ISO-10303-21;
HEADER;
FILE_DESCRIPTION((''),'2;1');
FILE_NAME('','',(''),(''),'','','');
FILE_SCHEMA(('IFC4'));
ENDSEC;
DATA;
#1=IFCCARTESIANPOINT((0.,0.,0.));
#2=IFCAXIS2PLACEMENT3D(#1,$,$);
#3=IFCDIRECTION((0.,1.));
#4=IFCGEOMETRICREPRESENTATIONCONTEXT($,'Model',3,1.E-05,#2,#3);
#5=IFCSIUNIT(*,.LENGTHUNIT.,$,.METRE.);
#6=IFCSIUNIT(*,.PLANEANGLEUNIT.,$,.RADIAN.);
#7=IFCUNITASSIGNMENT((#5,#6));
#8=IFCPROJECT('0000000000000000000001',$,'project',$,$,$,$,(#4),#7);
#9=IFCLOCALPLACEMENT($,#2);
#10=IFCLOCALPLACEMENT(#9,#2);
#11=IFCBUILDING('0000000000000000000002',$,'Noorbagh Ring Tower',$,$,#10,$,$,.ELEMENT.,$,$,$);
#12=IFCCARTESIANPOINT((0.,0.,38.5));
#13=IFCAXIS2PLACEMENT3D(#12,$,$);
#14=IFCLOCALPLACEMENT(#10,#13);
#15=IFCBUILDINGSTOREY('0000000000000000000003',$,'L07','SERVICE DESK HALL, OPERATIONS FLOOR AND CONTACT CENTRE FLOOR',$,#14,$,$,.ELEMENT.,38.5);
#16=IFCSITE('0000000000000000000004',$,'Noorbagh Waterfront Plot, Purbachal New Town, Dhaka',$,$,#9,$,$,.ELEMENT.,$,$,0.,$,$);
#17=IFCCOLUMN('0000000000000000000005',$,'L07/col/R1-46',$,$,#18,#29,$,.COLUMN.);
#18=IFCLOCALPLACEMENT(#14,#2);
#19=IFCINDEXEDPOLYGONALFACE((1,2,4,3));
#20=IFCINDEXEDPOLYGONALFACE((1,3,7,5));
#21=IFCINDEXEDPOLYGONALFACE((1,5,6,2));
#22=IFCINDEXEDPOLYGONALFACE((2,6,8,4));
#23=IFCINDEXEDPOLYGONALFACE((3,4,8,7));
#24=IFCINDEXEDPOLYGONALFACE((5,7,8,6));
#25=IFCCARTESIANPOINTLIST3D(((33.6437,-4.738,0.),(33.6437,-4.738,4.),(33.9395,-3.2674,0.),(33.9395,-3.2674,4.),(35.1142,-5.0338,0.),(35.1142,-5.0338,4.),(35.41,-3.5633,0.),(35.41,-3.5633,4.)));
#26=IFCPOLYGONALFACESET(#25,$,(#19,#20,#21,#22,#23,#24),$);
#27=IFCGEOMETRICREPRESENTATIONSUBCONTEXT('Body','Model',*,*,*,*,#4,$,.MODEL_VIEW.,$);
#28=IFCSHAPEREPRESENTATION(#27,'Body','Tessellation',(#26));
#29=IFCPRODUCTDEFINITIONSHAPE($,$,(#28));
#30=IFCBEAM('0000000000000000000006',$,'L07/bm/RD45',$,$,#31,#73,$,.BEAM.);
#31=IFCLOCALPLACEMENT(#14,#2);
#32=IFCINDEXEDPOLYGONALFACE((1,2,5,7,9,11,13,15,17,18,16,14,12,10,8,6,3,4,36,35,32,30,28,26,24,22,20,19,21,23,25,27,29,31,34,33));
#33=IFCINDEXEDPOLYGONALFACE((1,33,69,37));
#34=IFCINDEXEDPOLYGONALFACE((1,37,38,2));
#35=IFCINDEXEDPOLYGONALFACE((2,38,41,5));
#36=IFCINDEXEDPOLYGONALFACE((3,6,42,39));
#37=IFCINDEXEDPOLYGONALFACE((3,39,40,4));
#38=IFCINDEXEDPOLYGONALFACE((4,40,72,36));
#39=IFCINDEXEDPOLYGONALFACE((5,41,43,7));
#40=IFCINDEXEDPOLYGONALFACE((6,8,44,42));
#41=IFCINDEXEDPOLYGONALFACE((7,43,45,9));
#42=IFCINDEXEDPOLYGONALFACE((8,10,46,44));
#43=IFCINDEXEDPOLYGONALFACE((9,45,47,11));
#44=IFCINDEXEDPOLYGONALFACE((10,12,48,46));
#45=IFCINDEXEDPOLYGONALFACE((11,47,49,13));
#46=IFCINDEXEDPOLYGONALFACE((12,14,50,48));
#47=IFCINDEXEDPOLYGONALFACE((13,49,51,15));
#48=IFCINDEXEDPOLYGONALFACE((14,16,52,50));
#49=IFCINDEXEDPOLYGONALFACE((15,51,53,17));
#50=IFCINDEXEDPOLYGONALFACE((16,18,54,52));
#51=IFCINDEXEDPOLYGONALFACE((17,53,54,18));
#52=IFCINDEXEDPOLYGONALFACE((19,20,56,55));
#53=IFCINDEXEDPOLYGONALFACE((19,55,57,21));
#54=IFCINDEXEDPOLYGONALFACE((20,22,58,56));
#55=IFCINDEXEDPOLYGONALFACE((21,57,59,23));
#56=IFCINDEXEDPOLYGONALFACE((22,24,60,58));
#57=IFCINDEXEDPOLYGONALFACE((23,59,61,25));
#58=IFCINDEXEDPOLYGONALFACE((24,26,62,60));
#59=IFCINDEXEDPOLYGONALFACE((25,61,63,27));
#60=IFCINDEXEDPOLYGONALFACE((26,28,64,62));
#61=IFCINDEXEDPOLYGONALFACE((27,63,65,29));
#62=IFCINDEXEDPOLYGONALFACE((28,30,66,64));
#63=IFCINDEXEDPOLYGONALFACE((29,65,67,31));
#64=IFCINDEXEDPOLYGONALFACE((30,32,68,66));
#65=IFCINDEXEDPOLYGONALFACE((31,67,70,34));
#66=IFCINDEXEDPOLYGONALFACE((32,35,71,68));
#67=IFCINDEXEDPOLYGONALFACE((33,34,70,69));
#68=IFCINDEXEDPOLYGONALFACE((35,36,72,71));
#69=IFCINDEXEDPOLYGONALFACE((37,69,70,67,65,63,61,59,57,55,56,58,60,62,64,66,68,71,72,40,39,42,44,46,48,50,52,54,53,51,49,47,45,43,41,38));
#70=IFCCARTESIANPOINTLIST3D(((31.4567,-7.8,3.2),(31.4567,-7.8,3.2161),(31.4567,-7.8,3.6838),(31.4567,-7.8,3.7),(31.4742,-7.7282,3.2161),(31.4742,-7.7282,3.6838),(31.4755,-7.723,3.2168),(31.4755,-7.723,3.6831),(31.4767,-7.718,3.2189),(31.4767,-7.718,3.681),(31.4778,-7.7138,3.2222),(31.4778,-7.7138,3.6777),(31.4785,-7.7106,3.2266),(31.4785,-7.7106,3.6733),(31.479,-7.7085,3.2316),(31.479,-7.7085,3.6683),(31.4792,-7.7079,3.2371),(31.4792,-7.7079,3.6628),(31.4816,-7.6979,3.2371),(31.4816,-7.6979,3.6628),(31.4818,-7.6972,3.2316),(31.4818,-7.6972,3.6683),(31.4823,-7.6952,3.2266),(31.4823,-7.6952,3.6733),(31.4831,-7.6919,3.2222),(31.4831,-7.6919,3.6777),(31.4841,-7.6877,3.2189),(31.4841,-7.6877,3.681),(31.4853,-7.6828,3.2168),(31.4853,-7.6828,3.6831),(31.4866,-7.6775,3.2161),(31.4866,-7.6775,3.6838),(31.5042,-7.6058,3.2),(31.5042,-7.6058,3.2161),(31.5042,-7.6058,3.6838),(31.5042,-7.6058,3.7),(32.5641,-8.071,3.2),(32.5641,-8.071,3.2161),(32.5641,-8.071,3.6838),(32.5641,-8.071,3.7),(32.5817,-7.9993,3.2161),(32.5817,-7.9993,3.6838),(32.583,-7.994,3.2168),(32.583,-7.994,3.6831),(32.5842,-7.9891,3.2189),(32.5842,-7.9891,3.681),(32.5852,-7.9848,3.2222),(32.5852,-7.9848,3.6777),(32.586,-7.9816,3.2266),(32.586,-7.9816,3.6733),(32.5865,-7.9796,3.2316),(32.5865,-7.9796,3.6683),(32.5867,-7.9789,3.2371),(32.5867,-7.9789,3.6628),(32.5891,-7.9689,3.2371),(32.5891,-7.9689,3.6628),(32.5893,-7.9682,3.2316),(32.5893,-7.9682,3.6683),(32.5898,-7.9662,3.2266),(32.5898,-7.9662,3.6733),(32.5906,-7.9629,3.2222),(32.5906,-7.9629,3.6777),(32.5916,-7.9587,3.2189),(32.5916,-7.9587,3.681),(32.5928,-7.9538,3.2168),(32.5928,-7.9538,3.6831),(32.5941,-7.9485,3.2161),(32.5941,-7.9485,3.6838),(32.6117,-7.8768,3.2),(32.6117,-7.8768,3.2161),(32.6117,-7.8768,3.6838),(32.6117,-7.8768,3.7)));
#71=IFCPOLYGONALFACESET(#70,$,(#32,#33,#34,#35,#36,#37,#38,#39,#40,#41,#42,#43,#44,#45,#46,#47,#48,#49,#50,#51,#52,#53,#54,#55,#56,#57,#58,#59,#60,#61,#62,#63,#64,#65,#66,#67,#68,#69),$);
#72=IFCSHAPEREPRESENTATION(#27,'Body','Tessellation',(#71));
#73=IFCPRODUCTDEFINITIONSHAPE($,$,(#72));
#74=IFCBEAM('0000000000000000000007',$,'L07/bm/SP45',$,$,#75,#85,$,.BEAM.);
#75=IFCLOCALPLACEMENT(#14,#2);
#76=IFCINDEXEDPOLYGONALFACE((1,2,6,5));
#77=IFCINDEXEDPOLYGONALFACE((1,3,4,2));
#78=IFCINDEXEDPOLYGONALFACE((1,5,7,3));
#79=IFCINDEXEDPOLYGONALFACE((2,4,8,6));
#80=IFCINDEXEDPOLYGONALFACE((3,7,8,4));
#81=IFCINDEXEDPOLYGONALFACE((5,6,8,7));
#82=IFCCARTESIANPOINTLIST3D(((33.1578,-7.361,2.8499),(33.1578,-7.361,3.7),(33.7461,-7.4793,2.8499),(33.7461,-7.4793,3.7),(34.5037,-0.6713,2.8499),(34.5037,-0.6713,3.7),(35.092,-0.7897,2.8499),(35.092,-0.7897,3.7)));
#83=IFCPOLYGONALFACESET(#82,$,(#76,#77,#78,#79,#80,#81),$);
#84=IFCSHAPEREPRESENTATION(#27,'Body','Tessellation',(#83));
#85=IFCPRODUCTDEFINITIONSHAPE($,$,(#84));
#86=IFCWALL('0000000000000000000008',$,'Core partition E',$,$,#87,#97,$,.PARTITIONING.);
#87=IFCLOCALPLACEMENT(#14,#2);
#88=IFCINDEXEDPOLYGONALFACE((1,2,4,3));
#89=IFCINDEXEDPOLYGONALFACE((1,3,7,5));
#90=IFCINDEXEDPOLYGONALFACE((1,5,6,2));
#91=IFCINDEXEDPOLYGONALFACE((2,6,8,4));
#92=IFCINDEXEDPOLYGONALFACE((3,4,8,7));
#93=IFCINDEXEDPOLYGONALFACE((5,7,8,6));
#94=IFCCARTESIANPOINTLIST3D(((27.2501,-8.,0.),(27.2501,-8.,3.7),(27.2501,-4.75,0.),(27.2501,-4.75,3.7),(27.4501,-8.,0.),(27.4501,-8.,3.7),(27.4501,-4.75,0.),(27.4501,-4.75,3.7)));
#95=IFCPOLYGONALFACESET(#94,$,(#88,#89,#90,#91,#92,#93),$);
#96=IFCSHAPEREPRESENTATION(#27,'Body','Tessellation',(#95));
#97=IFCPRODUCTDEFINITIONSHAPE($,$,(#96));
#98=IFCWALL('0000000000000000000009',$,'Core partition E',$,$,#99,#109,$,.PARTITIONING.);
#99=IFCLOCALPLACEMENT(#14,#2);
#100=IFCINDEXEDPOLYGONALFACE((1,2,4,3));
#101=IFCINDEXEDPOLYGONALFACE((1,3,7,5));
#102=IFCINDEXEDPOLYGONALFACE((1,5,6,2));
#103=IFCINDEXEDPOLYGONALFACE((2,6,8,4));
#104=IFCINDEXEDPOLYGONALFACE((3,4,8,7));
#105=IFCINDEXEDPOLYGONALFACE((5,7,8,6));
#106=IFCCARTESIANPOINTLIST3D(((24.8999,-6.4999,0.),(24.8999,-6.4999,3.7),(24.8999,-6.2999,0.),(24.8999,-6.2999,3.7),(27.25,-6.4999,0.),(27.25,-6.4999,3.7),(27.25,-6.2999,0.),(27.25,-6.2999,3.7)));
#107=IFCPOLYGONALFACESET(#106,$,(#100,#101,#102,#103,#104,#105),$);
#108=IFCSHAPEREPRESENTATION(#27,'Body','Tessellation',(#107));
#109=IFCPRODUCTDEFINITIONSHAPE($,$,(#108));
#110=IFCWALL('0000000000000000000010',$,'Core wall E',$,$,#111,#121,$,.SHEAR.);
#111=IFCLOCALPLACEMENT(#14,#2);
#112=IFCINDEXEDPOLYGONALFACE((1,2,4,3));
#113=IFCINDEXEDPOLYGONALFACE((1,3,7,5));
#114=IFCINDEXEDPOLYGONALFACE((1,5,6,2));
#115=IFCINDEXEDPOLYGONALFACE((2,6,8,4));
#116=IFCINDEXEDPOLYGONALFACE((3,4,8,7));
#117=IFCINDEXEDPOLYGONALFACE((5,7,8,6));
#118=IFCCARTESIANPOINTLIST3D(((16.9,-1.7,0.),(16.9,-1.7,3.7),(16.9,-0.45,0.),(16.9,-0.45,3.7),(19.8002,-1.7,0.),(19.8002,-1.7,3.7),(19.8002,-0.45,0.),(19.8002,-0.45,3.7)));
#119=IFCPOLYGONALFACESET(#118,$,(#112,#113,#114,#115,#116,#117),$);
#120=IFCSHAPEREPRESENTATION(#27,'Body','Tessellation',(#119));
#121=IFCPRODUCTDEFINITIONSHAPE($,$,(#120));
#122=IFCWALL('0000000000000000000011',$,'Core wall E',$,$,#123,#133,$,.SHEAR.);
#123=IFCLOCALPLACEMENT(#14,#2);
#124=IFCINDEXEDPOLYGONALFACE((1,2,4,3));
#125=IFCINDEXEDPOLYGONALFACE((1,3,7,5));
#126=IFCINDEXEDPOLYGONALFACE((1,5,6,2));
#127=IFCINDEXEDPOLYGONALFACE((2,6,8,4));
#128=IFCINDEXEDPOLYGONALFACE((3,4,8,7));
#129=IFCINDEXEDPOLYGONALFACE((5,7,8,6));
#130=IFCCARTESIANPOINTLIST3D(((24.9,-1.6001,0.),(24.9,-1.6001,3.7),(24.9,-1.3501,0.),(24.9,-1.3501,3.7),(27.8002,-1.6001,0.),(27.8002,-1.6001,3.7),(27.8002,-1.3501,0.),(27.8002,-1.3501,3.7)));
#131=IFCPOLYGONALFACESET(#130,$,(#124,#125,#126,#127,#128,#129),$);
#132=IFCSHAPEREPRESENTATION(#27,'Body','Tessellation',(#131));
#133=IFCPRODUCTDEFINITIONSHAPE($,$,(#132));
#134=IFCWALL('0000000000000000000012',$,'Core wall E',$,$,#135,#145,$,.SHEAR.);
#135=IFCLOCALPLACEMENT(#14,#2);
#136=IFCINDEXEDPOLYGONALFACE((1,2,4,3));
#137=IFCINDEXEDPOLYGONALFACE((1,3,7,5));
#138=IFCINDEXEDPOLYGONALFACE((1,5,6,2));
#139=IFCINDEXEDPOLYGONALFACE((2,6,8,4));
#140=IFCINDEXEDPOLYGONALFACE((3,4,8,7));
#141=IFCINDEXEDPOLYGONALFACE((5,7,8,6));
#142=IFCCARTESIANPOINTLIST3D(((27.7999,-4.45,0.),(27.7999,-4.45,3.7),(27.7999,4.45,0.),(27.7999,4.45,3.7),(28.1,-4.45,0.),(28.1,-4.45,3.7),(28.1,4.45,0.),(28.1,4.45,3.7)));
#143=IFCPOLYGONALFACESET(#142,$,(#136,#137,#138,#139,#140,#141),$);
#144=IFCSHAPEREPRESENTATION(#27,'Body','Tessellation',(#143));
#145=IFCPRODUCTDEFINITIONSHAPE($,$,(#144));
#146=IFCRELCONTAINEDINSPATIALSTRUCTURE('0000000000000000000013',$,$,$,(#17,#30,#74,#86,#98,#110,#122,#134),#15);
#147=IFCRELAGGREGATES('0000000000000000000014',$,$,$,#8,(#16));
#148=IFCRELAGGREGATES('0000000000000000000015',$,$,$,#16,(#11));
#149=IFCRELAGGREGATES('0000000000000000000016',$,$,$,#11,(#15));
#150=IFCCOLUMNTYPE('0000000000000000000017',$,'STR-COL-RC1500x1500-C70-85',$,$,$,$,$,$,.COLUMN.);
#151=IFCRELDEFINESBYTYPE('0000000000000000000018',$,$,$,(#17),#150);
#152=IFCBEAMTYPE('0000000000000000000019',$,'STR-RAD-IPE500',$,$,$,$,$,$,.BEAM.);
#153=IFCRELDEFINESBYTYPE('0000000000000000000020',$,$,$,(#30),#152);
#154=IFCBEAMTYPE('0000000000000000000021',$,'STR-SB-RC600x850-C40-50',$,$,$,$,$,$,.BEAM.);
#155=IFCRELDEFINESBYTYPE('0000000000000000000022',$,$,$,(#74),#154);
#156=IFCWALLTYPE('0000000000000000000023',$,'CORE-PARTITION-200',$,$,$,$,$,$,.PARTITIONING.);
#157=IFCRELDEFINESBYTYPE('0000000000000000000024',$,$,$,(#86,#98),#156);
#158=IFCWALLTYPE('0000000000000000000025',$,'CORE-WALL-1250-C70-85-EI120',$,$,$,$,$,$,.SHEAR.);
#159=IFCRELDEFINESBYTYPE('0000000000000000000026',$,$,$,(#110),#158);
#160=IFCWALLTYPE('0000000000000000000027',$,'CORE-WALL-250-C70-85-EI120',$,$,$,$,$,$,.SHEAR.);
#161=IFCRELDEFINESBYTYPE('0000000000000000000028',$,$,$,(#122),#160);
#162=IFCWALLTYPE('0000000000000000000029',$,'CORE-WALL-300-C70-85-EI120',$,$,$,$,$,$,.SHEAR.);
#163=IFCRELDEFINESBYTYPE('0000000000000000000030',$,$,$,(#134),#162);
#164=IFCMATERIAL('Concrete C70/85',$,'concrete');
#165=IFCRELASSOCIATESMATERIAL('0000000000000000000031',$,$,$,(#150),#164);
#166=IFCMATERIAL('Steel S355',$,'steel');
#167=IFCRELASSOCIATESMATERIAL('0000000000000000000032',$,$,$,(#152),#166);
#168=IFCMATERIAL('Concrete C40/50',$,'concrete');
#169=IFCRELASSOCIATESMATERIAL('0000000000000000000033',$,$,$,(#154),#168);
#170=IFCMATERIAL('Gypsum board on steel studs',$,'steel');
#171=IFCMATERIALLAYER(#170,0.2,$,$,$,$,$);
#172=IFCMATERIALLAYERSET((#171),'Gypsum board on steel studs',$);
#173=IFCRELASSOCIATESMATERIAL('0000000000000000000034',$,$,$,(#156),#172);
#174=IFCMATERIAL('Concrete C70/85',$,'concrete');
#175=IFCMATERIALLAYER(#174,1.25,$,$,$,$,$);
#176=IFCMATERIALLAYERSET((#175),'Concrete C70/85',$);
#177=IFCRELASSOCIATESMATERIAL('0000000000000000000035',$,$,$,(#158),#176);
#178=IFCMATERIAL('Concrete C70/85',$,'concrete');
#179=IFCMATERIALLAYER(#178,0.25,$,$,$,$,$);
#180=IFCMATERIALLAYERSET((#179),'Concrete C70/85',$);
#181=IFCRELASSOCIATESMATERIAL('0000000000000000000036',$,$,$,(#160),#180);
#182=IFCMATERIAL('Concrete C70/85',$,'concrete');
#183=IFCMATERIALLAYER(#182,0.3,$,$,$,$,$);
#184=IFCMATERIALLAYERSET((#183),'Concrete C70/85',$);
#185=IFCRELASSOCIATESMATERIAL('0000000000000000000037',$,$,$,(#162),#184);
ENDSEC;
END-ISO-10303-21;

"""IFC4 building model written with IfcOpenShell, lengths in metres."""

from ifc_helpers import new_model, si_unit, direction, frame, frame_2d, origin, origin_2d, place, context, subcontext, project, spatial, rectangle, i_section, extrude, material, layer, layer_set, material_profile, profile_set, type_object, element, save


model = new_model("IFC4")

# Units and contexts
model_context = context("Model", 3, precision=1e-05, world=origin(), true_north=direction((0.0, 1.0)))
body_context = subcontext(model_context, "Body", "Model", "MODEL_VIEW")
ifc_project = project(units=[si_unit("LENGTHUNIT", "METRE"), si_unit("PLANEANGLEUNIT", "RADIAN")], contexts=[model_context])

# Site, building, storey
site_placement = place(None, origin())
site = spatial("IfcSite", under=ifc_project, at=site_placement, Name="Noorbagh Waterfront Plot, Purbachal New Town, Dhaka", CompositionType="ELEMENT", RefElevation=0.0)
building_placement = place(site_placement, origin())
building = spatial("IfcBuilding", under=site, at=building_placement, Name="Noorbagh Ring Tower", CompositionType="ELEMENT")
storey_placement = place(building_placement, frame((0.0, 0.0, 38.5)))
storey = spatial("IfcBuildingStorey", under=building, at=storey_placement, Name="L07", Description="SERVICE DESK HALL, OPERATIONS FLOOR AND CONTACT CENTRE FLOOR", CompositionType="ELEMENT", Elevation=38.5)

# Column
ifc_material_1 = material(Name="Concrete C70/85", Category="concrete")
ifc_material_profile_1 = material_profile(ifc_material_1, rectangle(XDim=1.5, YDim=1.5, at=origin_2d()), Name="RC1500x1500")
ifc_profile_set_1 = profile_set([ifc_material_profile_1], Name="Concrete C70/85")
column_type = type_object("IfcColumnType", Name="STR-COL-RC1500x1500-C70-85", PredefinedType="COLUMN", material=ifc_profile_set_1)
column_placement = place(storey_placement, frame((34.5269, -4.1506, 0.0), z_axis=(0.0, 0.0, 1.0), x_axis=(0.19723, 0.980357, 0.0)))
element("IfcColumn", 1, at=column_placement, inside=storey, type_object=column_type, Name="L07/col/R1-46", PredefinedType="COLUMN", context=body_context, shape_type="SweptSolid", body=[
    extrude(rectangle(XDim=1.5, YDim=1.5, at=origin_2d()), origin(), (0.0, 0.0, 1.0), 4.0),
])

# Beams
ifc_material_2 = material(Name="Steel S355", Category="steel")
ifc_material_profile_2 = material_profile(ifc_material_2, i_section(OverallWidth=0.2, OverallDepth=0.5, WebThickness=0.0103, FlangeThickness=0.0161, FilletRadius=0.021, at=origin_2d()), Name="IPE500")
ifc_profile_set_2 = profile_set([ifc_material_profile_2], Name="Steel S355")
beam_type_1 = type_object("IfcBeamType", Name="STR-RAD-IPE500", PredefinedType="BEAM", material=ifc_profile_set_2)
beam_1_placement = place(storey_placement, frame((32.5879, -7.9739, 3.45), z_axis=(-0.97134, 0.237696, 0.0), x_axis=(-0.237696, -0.97134, 0.0)))
element("IfcBeam", 2, at=beam_1_placement, inside=storey, type_object=beam_type_1, Name="L07/bm/RD45", PredefinedType="BEAM", context=body_context, shape_type="SweptSolid", body=[
    extrude(i_section(OverallWidth=0.2, OverallDepth=0.5, WebThickness=0.0103, FlangeThickness=0.0161, FilletRadius=0.021, at=origin_2d()), origin(), (0.0, 0.0, 1.0), 1.1401),
])
ifc_material_3 = material(Name="Concrete C40/50", Category="concrete")
ifc_material_profile_3 = material_profile(ifc_material_3, rectangle(XDim=0.6001, YDim=0.8501, at=origin_2d()), Name="RC600x850")
ifc_profile_set_3 = profile_set([ifc_material_profile_3], Name="Concrete C40/50")
beam_type_2 = type_object("IfcBeamType", Name="STR-SB-RC600x850-C40-50", PredefinedType="BEAM", material=ifc_profile_set_3)
beam_2_placement = place(storey_placement, frame((33.4519, -7.4202, 3.2749), z_axis=(0.197244, 0.980354, 0.0), x_axis=(-0.980354, 0.197244, 0.0)))
element("IfcBeam", 3, at=beam_2_placement, inside=storey, type_object=beam_type_2, Name="L07/bm/SP45", PredefinedType="BEAM", context=body_context, shape_type="SweptSolid", body=[
    extrude(rectangle(XDim=0.6001, YDim=0.8501, at=origin_2d()), origin(), (0.0, 0.0, 1.0), 6.8237),
])

# Walls
ifc_material_4 = material(Name="Gypsum board on steel studs", Category="steel")
ifc_layer_1 = layer(ifc_material_4, 0.2)
ifc_layer_set_1 = layer_set([ifc_layer_1], Name="Gypsum board on steel studs")
wall_type_1 = type_object("IfcWallType", Name="CORE-PARTITION-200", PredefinedType="PARTITIONING", material=ifc_layer_set_1)
wall_1_placement = place(storey_placement, frame((27.3501, -8.0, 0.0), z_axis=(0.0, 0.0, 1.0), x_axis=(0.0, 1.0, 0.0)))
element("IfcWall", 4, at=wall_1_placement, inside=storey, type_object=wall_type_1, Name="Core partition E", PredefinedType="PARTITIONING", context=body_context, shape_type="SweptSolid", body=[
    extrude(rectangle(XDim=3.25, YDim=0.2, at=frame_2d((1.625, 0.0))), origin(), (0.0, 0.0, 1.0), 3.7),
])
wall_2_placement = place(storey_placement, frame((24.8999, -6.3999, 0.0), z_axis=(0.0, 0.0, 1.0), x_axis=(1.0, 0.0, 0.0)))
element("IfcWall", 5, at=wall_2_placement, inside=storey, type_object=wall_type_1, Name="Core partition E", PredefinedType="PARTITIONING", context=body_context, shape_type="SweptSolid", body=[
    extrude(rectangle(XDim=2.3501, YDim=0.2, at=frame_2d((1.175, 0.0))), origin(), (0.0, 0.0, 1.0), 3.7),
])
ifc_material_5 = material(Name="Concrete C70/85", Category="concrete")
ifc_layer_2 = layer(ifc_material_5, 1.25)
ifc_layer_set_2 = layer_set([ifc_layer_2], Name="Concrete C70/85")
wall_type_2 = type_object("IfcWallType", Name="CORE-WALL-1250-C70-85-EI120", PredefinedType="SHEAR", material=ifc_layer_set_2)
wall_3_placement = place(storey_placement, frame((16.8999, -1.075, 0.0), z_axis=(0.0, 0.0, 1.0), x_axis=(1.0, 0.0, 0.0)))
element("IfcWall", 6, at=wall_3_placement, inside=storey, type_object=wall_type_2, Name="Core wall E", PredefinedType="SHEAR", context=body_context, shape_type="SweptSolid", body=[
    extrude(rectangle(XDim=2.9001, YDim=1.25, at=frame_2d((1.4502, 0.0))), origin(), (0.0, 0.0, 1.0), 3.7),
])
ifc_material_6 = material(Name="Concrete C70/85", Category="concrete")
ifc_layer_3 = layer(ifc_material_6, 0.25)
ifc_layer_set_3 = layer_set([ifc_layer_3], Name="Concrete C70/85")
wall_type_3 = type_object("IfcWallType", Name="CORE-WALL-250-C70-85-EI120", PredefinedType="SHEAR", material=ifc_layer_set_3)
wall_4_placement = place(storey_placement, frame((24.8999, -1.4751, 0.0), z_axis=(0.0, 0.0, 1.0), x_axis=(1.0, 0.0, 0.0)))
element("IfcWall", 7, at=wall_4_placement, inside=storey, type_object=wall_type_3, Name="Core wall E", PredefinedType="SHEAR", context=body_context, shape_type="SweptSolid", body=[
    extrude(rectangle(XDim=2.9001, YDim=0.25, at=frame_2d((1.4502, 0.0))), origin(), (0.0, 0.0, 1.0), 3.7),
])
ifc_material_7 = material(Name="Concrete C70/85", Category="concrete")
ifc_layer_4 = layer(ifc_material_7, 0.3)
ifc_layer_set_4 = layer_set([ifc_layer_4], Name="Concrete C70/85")
wall_type_4 = type_object("IfcWallType", Name="CORE-WALL-300-C70-85-EI120", PredefinedType="SHEAR", material=ifc_layer_set_4)
wall_5_placement = place(storey_placement, frame((27.95, -4.45, 0.0), z_axis=(0.0, 0.0, 1.0), x_axis=(0.0, 1.0, 0.0)))
element("IfcWall", 8, at=wall_5_placement, inside=storey, type_object=wall_type_4, Name="Core wall E", PredefinedType="SHEAR", context=body_context, shape_type="SweptSolid", body=[
    extrude(rectangle(XDim=8.8999, YDim=0.3, at=frame_2d((4.45, 0.0))), origin(), (0.0, 0.0, 1.0), 3.7),
])

save(model, "model.ifc")
